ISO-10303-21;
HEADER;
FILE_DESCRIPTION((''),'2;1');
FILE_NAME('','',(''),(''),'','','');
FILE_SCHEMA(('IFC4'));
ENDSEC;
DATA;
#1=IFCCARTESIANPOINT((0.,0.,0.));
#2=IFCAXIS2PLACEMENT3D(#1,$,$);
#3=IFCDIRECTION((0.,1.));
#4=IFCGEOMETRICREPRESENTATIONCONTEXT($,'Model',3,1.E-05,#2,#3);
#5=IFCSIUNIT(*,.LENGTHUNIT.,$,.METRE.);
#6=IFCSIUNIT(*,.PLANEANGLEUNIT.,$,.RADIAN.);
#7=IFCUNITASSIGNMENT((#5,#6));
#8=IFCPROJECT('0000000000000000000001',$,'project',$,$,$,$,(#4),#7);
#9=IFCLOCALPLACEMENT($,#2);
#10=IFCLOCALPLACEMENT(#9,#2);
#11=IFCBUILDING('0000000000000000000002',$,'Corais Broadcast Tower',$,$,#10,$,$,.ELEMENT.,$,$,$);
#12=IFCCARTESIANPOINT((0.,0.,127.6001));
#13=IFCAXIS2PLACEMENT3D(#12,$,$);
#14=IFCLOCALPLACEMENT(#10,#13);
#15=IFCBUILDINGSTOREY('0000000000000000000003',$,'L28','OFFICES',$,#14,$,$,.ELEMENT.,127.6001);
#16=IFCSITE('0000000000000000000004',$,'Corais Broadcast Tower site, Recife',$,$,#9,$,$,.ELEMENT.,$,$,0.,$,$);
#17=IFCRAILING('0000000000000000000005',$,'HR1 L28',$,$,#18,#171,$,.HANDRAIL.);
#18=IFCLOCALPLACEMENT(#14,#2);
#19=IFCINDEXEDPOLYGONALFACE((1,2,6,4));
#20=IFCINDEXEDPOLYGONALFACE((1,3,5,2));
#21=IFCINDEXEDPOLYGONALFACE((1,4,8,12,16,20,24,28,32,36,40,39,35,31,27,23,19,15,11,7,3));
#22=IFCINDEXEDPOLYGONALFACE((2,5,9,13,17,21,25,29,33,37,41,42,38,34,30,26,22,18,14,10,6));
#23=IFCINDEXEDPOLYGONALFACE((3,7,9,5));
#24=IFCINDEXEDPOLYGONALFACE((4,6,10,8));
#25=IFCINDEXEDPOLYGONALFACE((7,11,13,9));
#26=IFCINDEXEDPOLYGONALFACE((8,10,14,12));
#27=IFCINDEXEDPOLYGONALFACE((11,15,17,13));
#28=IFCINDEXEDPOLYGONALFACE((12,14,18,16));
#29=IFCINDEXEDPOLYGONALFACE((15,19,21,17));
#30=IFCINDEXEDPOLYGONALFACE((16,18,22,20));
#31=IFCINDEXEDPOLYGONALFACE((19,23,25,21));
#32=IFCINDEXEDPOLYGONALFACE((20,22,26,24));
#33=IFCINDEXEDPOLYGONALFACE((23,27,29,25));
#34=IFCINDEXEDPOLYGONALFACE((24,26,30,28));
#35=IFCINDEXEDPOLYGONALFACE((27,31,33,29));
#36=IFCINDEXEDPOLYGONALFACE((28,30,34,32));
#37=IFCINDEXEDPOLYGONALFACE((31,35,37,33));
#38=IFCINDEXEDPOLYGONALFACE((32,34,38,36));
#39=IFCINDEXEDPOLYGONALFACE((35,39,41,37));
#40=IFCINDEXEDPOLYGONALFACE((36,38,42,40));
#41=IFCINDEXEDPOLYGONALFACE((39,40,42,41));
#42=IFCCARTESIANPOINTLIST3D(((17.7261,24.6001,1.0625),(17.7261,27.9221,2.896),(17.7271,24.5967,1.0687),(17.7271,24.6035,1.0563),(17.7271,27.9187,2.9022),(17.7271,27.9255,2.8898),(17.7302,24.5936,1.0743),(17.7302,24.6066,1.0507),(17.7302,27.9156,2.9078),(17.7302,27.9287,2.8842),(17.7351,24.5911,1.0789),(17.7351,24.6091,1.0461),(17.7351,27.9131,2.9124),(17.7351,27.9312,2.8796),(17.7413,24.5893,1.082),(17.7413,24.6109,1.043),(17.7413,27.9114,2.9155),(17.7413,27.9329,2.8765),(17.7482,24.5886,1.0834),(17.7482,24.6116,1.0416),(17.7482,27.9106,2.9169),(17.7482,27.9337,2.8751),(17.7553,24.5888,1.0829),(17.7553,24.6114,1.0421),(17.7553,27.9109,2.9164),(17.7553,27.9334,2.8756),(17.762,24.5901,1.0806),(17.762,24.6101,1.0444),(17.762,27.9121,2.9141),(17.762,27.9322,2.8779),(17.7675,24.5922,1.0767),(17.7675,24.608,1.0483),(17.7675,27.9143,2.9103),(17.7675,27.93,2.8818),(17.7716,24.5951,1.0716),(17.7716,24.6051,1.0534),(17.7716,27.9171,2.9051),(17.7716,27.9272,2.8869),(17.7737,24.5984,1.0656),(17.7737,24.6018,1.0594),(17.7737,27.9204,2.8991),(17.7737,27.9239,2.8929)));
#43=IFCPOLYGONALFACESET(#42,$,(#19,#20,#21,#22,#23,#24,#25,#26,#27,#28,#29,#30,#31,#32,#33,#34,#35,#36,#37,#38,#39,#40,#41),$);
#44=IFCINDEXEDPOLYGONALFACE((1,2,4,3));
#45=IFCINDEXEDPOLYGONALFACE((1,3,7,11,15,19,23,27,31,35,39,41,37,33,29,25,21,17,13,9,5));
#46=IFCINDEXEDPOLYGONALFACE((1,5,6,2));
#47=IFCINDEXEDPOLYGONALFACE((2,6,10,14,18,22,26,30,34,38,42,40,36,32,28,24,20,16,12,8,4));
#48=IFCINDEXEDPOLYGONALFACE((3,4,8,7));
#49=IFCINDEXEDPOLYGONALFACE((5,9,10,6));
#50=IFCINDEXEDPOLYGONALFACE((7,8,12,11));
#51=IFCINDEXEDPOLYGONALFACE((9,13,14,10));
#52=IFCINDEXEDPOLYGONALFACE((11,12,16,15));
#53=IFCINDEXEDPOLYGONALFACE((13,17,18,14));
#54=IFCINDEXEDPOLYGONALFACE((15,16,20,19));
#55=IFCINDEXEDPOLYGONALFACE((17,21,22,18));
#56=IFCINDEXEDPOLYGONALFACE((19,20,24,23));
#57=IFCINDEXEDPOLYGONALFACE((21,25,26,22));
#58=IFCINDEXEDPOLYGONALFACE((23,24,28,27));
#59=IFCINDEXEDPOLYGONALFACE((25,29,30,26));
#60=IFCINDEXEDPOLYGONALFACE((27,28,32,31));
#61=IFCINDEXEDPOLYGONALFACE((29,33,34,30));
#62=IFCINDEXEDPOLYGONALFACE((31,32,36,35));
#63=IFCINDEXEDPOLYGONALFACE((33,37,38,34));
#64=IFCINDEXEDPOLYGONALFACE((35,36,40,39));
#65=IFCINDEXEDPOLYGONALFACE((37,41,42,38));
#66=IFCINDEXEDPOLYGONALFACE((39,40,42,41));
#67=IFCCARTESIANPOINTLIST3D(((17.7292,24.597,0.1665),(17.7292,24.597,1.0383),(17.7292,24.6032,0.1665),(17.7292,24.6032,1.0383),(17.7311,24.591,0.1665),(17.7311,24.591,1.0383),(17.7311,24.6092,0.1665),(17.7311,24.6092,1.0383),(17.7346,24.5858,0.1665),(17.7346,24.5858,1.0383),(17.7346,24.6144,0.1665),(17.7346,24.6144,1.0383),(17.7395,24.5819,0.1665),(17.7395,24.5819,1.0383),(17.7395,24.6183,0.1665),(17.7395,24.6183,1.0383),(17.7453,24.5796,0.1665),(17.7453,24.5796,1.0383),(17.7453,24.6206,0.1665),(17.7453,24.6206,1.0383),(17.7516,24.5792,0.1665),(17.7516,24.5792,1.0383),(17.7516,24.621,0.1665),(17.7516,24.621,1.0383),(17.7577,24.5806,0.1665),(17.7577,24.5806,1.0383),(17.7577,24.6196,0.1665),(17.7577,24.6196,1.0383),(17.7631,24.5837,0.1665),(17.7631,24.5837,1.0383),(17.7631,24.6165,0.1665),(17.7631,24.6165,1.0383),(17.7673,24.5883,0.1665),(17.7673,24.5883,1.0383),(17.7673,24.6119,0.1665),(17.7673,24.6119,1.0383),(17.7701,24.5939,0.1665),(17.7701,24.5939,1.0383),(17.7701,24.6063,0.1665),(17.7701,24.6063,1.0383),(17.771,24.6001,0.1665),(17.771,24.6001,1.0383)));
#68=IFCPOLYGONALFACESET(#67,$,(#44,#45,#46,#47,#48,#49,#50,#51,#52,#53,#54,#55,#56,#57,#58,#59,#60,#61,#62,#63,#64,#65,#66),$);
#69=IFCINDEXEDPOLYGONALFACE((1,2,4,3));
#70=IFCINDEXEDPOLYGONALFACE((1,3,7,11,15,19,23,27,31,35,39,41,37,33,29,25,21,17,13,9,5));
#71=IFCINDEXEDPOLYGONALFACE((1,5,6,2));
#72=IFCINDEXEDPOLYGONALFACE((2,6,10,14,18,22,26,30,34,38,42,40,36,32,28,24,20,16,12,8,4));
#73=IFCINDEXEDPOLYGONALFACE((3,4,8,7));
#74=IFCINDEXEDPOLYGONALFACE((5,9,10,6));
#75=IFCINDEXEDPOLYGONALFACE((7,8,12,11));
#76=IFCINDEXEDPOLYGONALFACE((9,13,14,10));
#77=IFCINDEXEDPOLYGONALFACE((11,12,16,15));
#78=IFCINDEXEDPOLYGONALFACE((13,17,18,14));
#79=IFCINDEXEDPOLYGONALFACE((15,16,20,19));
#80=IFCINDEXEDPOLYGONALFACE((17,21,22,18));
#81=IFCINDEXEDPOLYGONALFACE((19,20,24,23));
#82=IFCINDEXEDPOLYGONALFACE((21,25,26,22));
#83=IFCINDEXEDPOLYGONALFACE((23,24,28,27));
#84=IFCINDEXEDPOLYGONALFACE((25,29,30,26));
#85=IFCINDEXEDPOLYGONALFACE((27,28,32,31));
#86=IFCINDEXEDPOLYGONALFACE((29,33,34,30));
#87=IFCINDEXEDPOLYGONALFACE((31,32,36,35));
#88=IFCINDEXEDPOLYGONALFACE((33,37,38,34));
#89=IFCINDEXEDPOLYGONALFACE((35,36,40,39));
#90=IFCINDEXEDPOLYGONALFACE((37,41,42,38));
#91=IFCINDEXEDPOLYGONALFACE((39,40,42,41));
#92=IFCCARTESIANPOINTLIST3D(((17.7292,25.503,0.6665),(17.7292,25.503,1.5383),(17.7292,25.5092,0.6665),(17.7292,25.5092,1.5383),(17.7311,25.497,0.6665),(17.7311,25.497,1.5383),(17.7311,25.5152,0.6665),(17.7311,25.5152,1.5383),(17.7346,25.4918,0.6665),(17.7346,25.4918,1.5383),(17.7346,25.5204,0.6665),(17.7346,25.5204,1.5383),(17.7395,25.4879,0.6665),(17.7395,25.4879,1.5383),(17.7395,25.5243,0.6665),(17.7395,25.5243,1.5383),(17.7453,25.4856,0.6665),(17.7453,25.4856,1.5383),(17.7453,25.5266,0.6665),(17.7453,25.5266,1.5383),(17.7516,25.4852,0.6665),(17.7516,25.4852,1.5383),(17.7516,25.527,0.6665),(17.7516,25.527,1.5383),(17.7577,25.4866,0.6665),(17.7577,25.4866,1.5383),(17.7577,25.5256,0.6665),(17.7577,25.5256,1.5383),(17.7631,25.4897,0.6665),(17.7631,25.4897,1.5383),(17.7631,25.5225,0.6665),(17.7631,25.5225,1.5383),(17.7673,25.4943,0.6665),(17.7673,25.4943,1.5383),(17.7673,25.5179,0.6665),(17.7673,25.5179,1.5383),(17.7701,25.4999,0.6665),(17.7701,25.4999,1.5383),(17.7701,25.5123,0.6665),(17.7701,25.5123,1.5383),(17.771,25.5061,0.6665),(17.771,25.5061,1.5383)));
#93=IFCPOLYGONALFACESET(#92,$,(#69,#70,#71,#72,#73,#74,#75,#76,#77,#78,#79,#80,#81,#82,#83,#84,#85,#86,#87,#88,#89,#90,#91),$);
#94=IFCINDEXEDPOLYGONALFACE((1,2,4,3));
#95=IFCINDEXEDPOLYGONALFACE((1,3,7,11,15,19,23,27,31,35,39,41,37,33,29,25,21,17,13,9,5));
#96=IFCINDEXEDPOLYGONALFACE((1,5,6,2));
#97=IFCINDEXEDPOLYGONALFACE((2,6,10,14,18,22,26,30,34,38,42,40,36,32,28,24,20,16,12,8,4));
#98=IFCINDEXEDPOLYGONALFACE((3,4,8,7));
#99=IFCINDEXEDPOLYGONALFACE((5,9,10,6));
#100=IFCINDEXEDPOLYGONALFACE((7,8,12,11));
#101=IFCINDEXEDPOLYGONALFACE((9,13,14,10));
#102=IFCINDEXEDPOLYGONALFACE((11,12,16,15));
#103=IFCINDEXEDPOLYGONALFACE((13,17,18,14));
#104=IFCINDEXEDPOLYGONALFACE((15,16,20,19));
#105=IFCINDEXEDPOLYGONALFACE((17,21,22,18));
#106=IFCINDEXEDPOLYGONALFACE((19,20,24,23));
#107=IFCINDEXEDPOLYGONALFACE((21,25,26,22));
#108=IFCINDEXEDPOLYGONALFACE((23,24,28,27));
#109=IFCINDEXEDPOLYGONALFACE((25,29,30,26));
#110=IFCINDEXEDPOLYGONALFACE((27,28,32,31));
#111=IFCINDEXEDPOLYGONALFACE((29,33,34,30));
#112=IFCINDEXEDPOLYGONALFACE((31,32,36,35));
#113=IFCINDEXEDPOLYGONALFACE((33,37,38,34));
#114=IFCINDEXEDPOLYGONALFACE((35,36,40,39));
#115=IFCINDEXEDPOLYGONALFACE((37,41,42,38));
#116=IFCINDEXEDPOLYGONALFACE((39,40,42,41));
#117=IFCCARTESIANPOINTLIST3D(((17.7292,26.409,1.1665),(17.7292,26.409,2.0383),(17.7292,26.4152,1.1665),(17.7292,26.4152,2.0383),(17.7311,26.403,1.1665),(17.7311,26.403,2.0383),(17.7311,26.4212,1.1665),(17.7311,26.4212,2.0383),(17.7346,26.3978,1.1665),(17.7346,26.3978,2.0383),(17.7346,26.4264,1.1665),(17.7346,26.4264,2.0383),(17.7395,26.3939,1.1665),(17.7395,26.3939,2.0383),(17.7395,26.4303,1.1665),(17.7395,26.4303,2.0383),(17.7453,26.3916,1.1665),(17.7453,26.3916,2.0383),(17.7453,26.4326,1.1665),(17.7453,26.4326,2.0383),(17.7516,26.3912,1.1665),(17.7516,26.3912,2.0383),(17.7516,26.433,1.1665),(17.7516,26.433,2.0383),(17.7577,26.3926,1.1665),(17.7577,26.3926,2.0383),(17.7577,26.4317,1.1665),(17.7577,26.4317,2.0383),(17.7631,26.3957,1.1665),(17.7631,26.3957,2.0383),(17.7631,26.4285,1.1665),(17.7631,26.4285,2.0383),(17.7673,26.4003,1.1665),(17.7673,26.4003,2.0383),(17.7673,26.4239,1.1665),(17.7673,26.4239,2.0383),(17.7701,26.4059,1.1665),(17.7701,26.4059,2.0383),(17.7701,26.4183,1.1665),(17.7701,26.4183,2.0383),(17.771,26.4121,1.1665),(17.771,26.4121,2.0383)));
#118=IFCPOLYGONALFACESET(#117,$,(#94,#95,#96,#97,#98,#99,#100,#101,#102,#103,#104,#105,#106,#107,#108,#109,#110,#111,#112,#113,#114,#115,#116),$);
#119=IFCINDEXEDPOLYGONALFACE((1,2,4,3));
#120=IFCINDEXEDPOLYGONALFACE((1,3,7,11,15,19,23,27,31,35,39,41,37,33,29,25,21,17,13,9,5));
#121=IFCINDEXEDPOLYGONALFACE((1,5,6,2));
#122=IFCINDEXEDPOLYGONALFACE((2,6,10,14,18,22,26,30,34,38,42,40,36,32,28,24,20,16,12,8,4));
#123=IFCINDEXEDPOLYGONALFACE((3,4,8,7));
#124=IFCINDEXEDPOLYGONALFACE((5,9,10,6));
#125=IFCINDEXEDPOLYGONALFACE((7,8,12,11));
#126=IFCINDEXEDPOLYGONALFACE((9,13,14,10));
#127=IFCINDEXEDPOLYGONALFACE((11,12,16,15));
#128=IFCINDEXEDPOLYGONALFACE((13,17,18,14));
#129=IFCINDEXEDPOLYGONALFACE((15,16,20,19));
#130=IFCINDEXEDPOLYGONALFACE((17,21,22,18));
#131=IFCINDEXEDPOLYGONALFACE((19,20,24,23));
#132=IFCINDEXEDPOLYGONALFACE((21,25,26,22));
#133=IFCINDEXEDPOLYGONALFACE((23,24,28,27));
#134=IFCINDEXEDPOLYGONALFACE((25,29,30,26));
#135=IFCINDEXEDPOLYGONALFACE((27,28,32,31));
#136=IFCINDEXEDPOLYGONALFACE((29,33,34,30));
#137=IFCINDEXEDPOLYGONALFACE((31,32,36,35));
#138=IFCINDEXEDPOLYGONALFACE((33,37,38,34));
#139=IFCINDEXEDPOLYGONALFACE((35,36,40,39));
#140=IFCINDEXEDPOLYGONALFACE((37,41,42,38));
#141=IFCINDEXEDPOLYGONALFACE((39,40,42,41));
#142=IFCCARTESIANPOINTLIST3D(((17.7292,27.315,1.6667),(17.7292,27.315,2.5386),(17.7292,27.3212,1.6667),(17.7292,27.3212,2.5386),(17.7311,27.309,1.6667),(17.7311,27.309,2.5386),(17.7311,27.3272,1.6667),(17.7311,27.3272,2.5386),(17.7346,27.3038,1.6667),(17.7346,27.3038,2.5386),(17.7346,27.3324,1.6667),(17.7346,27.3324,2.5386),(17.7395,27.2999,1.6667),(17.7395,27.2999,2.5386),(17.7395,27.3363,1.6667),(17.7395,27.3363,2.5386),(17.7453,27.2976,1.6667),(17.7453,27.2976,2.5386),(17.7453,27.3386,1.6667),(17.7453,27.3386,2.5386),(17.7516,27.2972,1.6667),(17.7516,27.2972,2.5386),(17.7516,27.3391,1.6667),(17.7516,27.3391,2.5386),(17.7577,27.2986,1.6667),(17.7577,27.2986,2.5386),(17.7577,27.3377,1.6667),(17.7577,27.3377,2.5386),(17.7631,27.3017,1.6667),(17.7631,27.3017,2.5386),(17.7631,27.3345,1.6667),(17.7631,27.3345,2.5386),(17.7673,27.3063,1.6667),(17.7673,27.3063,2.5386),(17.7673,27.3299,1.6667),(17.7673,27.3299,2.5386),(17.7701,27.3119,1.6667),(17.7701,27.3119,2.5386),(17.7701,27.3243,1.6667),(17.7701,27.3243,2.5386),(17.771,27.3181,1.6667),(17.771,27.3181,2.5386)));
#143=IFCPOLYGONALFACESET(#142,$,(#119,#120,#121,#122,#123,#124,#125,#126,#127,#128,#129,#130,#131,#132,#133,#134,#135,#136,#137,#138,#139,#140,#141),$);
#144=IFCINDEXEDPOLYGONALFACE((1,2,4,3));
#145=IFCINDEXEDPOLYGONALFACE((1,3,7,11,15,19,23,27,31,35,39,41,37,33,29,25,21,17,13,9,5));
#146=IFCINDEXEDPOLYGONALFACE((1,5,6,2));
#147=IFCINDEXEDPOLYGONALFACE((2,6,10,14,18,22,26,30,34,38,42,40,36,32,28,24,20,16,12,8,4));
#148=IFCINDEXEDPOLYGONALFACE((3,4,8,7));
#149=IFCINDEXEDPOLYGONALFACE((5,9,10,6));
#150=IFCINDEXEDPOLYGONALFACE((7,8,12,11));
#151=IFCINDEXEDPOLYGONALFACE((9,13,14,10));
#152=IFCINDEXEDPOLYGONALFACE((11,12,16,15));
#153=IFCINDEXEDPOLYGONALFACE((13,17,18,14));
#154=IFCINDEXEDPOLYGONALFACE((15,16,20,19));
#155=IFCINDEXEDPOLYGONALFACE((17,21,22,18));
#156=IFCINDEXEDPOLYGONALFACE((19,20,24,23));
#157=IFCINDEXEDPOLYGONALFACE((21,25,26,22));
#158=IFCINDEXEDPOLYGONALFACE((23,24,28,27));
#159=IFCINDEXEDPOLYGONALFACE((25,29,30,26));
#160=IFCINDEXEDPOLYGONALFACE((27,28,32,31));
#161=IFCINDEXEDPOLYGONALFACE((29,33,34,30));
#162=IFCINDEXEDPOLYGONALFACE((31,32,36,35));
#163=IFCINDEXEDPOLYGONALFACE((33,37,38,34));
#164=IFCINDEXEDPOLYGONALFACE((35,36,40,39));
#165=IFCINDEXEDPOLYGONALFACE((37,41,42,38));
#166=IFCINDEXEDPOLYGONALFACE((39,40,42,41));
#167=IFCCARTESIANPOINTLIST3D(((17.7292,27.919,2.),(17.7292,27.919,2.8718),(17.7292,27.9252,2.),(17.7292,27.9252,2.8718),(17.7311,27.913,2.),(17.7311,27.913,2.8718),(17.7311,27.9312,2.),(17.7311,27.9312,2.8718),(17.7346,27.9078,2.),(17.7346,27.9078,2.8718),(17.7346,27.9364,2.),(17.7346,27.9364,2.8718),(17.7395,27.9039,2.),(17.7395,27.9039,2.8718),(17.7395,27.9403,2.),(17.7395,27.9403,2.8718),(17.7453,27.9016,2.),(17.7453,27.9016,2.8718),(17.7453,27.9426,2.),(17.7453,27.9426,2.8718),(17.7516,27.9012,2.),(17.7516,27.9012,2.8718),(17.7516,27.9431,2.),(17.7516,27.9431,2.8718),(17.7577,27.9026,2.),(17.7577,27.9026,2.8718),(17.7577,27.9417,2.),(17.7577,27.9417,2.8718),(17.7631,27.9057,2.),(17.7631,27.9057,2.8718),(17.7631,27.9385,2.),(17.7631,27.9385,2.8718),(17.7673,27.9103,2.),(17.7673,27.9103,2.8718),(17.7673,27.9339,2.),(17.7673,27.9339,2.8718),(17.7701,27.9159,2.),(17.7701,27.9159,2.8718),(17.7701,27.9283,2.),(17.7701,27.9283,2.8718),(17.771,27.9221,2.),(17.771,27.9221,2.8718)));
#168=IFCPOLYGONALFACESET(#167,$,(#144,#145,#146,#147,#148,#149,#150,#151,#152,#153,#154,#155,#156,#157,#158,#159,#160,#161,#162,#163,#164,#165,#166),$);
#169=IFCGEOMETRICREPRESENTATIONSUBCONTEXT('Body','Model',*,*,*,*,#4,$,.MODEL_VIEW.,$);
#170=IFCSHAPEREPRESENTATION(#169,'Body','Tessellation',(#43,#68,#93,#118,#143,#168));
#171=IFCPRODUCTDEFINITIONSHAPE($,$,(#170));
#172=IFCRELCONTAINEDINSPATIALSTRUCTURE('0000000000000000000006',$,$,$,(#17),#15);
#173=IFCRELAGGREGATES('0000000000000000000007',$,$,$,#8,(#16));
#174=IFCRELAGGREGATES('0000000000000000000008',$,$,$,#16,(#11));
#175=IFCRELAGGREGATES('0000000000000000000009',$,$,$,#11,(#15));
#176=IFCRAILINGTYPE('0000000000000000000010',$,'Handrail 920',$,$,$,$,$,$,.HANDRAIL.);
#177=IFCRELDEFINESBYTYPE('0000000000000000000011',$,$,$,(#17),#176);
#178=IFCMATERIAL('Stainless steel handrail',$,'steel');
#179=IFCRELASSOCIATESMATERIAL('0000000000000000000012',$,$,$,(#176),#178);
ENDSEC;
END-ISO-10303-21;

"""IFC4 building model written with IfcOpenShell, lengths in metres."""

from ifc_helpers import new_model, si_unit, direction, frame, origin, origin_2d, place, context, subcontext, project, spatial, circle, extrude, material, type_object, element, save


model = new_model("IFC4")

# Units and contexts
model_context = context("Model", 3, precision=1e-05, world=origin(), true_north=direction((0.0, 1.0)))
body_context = subcontext(model_context, "Body", "Model", "MODEL_VIEW")
ifc_project = project(units=[si_unit("LENGTHUNIT", "METRE"), si_unit("PLANEANGLEUNIT", "RADIAN")], contexts=[model_context])

# Site, building, storey
site_placement = place(None, origin())
site = spatial("IfcSite", under=ifc_project, at=site_placement, Name="Corais Broadcast Tower site, Recife", CompositionType="ELEMENT", RefElevation=0.0)
building_placement = place(site_placement, origin())
building = spatial("IfcBuilding", under=site, at=building_placement, Name="Corais Broadcast Tower", CompositionType="ELEMENT")
storey_placement = place(building_placement, frame((0.0, 0.0, 127.6001)))
storey = spatial("IfcBuildingStorey", under=building, at=storey_placement, Name="L28", Description="OFFICES", CompositionType="ELEMENT", Elevation=127.6001)

# Railing
ifc_material_1 = material(Name="Stainless steel handrail", Category="steel")
railing_type = type_object("IfcRailingType", Name="Handrail 920", PredefinedType="HANDRAIL", material=ifc_material_1)
for number, where, name in (
    (1, (17.75, 24.6001, 0.1665), "HR1 L28"),
):
    element("IfcRailing", number, at=place(storey_placement, frame(where)), inside=storey, type_object=railing_type, Name=name, PredefinedType="HANDRAIL", context=body_context, shape_type="SweptSolid", body=[
        extrude(circle(Radius=0.0239, at=origin_2d()), frame((0.0, 0.0, 0.896), z_axis=(0.0, 0.875504, 0.48321), x_axis=(-1.0, 0.0, 0.0)), (0.0, 0.0, 1.0), 3.7944),
        extrude(circle(Radius=0.021, at=origin_2d()), origin(), (0.0, 0.0, 1.0), 0.8718),
        extrude(circle(Radius=0.021, at=origin_2d()), frame((0.0, 0.906, 0.5)), (0.0, 0.0, 1.0), 0.8718),
        extrude(circle(Radius=0.021, at=origin_2d()), frame((0.0, 1.812, 1.0)), (0.0, 0.0, 1.0), 0.8718),
        extrude(circle(Radius=0.021, at=origin_2d()), frame((0.0, 2.718, 1.5002)), (0.0, 0.0, 1.0), 0.8718),
        extrude(circle(Radius=0.021, at=origin_2d()), frame((0.0, 3.322, 1.8335)), (0.0, 0.0, 1.0), 0.8718),
    ])

save(model, "model.ifc")
